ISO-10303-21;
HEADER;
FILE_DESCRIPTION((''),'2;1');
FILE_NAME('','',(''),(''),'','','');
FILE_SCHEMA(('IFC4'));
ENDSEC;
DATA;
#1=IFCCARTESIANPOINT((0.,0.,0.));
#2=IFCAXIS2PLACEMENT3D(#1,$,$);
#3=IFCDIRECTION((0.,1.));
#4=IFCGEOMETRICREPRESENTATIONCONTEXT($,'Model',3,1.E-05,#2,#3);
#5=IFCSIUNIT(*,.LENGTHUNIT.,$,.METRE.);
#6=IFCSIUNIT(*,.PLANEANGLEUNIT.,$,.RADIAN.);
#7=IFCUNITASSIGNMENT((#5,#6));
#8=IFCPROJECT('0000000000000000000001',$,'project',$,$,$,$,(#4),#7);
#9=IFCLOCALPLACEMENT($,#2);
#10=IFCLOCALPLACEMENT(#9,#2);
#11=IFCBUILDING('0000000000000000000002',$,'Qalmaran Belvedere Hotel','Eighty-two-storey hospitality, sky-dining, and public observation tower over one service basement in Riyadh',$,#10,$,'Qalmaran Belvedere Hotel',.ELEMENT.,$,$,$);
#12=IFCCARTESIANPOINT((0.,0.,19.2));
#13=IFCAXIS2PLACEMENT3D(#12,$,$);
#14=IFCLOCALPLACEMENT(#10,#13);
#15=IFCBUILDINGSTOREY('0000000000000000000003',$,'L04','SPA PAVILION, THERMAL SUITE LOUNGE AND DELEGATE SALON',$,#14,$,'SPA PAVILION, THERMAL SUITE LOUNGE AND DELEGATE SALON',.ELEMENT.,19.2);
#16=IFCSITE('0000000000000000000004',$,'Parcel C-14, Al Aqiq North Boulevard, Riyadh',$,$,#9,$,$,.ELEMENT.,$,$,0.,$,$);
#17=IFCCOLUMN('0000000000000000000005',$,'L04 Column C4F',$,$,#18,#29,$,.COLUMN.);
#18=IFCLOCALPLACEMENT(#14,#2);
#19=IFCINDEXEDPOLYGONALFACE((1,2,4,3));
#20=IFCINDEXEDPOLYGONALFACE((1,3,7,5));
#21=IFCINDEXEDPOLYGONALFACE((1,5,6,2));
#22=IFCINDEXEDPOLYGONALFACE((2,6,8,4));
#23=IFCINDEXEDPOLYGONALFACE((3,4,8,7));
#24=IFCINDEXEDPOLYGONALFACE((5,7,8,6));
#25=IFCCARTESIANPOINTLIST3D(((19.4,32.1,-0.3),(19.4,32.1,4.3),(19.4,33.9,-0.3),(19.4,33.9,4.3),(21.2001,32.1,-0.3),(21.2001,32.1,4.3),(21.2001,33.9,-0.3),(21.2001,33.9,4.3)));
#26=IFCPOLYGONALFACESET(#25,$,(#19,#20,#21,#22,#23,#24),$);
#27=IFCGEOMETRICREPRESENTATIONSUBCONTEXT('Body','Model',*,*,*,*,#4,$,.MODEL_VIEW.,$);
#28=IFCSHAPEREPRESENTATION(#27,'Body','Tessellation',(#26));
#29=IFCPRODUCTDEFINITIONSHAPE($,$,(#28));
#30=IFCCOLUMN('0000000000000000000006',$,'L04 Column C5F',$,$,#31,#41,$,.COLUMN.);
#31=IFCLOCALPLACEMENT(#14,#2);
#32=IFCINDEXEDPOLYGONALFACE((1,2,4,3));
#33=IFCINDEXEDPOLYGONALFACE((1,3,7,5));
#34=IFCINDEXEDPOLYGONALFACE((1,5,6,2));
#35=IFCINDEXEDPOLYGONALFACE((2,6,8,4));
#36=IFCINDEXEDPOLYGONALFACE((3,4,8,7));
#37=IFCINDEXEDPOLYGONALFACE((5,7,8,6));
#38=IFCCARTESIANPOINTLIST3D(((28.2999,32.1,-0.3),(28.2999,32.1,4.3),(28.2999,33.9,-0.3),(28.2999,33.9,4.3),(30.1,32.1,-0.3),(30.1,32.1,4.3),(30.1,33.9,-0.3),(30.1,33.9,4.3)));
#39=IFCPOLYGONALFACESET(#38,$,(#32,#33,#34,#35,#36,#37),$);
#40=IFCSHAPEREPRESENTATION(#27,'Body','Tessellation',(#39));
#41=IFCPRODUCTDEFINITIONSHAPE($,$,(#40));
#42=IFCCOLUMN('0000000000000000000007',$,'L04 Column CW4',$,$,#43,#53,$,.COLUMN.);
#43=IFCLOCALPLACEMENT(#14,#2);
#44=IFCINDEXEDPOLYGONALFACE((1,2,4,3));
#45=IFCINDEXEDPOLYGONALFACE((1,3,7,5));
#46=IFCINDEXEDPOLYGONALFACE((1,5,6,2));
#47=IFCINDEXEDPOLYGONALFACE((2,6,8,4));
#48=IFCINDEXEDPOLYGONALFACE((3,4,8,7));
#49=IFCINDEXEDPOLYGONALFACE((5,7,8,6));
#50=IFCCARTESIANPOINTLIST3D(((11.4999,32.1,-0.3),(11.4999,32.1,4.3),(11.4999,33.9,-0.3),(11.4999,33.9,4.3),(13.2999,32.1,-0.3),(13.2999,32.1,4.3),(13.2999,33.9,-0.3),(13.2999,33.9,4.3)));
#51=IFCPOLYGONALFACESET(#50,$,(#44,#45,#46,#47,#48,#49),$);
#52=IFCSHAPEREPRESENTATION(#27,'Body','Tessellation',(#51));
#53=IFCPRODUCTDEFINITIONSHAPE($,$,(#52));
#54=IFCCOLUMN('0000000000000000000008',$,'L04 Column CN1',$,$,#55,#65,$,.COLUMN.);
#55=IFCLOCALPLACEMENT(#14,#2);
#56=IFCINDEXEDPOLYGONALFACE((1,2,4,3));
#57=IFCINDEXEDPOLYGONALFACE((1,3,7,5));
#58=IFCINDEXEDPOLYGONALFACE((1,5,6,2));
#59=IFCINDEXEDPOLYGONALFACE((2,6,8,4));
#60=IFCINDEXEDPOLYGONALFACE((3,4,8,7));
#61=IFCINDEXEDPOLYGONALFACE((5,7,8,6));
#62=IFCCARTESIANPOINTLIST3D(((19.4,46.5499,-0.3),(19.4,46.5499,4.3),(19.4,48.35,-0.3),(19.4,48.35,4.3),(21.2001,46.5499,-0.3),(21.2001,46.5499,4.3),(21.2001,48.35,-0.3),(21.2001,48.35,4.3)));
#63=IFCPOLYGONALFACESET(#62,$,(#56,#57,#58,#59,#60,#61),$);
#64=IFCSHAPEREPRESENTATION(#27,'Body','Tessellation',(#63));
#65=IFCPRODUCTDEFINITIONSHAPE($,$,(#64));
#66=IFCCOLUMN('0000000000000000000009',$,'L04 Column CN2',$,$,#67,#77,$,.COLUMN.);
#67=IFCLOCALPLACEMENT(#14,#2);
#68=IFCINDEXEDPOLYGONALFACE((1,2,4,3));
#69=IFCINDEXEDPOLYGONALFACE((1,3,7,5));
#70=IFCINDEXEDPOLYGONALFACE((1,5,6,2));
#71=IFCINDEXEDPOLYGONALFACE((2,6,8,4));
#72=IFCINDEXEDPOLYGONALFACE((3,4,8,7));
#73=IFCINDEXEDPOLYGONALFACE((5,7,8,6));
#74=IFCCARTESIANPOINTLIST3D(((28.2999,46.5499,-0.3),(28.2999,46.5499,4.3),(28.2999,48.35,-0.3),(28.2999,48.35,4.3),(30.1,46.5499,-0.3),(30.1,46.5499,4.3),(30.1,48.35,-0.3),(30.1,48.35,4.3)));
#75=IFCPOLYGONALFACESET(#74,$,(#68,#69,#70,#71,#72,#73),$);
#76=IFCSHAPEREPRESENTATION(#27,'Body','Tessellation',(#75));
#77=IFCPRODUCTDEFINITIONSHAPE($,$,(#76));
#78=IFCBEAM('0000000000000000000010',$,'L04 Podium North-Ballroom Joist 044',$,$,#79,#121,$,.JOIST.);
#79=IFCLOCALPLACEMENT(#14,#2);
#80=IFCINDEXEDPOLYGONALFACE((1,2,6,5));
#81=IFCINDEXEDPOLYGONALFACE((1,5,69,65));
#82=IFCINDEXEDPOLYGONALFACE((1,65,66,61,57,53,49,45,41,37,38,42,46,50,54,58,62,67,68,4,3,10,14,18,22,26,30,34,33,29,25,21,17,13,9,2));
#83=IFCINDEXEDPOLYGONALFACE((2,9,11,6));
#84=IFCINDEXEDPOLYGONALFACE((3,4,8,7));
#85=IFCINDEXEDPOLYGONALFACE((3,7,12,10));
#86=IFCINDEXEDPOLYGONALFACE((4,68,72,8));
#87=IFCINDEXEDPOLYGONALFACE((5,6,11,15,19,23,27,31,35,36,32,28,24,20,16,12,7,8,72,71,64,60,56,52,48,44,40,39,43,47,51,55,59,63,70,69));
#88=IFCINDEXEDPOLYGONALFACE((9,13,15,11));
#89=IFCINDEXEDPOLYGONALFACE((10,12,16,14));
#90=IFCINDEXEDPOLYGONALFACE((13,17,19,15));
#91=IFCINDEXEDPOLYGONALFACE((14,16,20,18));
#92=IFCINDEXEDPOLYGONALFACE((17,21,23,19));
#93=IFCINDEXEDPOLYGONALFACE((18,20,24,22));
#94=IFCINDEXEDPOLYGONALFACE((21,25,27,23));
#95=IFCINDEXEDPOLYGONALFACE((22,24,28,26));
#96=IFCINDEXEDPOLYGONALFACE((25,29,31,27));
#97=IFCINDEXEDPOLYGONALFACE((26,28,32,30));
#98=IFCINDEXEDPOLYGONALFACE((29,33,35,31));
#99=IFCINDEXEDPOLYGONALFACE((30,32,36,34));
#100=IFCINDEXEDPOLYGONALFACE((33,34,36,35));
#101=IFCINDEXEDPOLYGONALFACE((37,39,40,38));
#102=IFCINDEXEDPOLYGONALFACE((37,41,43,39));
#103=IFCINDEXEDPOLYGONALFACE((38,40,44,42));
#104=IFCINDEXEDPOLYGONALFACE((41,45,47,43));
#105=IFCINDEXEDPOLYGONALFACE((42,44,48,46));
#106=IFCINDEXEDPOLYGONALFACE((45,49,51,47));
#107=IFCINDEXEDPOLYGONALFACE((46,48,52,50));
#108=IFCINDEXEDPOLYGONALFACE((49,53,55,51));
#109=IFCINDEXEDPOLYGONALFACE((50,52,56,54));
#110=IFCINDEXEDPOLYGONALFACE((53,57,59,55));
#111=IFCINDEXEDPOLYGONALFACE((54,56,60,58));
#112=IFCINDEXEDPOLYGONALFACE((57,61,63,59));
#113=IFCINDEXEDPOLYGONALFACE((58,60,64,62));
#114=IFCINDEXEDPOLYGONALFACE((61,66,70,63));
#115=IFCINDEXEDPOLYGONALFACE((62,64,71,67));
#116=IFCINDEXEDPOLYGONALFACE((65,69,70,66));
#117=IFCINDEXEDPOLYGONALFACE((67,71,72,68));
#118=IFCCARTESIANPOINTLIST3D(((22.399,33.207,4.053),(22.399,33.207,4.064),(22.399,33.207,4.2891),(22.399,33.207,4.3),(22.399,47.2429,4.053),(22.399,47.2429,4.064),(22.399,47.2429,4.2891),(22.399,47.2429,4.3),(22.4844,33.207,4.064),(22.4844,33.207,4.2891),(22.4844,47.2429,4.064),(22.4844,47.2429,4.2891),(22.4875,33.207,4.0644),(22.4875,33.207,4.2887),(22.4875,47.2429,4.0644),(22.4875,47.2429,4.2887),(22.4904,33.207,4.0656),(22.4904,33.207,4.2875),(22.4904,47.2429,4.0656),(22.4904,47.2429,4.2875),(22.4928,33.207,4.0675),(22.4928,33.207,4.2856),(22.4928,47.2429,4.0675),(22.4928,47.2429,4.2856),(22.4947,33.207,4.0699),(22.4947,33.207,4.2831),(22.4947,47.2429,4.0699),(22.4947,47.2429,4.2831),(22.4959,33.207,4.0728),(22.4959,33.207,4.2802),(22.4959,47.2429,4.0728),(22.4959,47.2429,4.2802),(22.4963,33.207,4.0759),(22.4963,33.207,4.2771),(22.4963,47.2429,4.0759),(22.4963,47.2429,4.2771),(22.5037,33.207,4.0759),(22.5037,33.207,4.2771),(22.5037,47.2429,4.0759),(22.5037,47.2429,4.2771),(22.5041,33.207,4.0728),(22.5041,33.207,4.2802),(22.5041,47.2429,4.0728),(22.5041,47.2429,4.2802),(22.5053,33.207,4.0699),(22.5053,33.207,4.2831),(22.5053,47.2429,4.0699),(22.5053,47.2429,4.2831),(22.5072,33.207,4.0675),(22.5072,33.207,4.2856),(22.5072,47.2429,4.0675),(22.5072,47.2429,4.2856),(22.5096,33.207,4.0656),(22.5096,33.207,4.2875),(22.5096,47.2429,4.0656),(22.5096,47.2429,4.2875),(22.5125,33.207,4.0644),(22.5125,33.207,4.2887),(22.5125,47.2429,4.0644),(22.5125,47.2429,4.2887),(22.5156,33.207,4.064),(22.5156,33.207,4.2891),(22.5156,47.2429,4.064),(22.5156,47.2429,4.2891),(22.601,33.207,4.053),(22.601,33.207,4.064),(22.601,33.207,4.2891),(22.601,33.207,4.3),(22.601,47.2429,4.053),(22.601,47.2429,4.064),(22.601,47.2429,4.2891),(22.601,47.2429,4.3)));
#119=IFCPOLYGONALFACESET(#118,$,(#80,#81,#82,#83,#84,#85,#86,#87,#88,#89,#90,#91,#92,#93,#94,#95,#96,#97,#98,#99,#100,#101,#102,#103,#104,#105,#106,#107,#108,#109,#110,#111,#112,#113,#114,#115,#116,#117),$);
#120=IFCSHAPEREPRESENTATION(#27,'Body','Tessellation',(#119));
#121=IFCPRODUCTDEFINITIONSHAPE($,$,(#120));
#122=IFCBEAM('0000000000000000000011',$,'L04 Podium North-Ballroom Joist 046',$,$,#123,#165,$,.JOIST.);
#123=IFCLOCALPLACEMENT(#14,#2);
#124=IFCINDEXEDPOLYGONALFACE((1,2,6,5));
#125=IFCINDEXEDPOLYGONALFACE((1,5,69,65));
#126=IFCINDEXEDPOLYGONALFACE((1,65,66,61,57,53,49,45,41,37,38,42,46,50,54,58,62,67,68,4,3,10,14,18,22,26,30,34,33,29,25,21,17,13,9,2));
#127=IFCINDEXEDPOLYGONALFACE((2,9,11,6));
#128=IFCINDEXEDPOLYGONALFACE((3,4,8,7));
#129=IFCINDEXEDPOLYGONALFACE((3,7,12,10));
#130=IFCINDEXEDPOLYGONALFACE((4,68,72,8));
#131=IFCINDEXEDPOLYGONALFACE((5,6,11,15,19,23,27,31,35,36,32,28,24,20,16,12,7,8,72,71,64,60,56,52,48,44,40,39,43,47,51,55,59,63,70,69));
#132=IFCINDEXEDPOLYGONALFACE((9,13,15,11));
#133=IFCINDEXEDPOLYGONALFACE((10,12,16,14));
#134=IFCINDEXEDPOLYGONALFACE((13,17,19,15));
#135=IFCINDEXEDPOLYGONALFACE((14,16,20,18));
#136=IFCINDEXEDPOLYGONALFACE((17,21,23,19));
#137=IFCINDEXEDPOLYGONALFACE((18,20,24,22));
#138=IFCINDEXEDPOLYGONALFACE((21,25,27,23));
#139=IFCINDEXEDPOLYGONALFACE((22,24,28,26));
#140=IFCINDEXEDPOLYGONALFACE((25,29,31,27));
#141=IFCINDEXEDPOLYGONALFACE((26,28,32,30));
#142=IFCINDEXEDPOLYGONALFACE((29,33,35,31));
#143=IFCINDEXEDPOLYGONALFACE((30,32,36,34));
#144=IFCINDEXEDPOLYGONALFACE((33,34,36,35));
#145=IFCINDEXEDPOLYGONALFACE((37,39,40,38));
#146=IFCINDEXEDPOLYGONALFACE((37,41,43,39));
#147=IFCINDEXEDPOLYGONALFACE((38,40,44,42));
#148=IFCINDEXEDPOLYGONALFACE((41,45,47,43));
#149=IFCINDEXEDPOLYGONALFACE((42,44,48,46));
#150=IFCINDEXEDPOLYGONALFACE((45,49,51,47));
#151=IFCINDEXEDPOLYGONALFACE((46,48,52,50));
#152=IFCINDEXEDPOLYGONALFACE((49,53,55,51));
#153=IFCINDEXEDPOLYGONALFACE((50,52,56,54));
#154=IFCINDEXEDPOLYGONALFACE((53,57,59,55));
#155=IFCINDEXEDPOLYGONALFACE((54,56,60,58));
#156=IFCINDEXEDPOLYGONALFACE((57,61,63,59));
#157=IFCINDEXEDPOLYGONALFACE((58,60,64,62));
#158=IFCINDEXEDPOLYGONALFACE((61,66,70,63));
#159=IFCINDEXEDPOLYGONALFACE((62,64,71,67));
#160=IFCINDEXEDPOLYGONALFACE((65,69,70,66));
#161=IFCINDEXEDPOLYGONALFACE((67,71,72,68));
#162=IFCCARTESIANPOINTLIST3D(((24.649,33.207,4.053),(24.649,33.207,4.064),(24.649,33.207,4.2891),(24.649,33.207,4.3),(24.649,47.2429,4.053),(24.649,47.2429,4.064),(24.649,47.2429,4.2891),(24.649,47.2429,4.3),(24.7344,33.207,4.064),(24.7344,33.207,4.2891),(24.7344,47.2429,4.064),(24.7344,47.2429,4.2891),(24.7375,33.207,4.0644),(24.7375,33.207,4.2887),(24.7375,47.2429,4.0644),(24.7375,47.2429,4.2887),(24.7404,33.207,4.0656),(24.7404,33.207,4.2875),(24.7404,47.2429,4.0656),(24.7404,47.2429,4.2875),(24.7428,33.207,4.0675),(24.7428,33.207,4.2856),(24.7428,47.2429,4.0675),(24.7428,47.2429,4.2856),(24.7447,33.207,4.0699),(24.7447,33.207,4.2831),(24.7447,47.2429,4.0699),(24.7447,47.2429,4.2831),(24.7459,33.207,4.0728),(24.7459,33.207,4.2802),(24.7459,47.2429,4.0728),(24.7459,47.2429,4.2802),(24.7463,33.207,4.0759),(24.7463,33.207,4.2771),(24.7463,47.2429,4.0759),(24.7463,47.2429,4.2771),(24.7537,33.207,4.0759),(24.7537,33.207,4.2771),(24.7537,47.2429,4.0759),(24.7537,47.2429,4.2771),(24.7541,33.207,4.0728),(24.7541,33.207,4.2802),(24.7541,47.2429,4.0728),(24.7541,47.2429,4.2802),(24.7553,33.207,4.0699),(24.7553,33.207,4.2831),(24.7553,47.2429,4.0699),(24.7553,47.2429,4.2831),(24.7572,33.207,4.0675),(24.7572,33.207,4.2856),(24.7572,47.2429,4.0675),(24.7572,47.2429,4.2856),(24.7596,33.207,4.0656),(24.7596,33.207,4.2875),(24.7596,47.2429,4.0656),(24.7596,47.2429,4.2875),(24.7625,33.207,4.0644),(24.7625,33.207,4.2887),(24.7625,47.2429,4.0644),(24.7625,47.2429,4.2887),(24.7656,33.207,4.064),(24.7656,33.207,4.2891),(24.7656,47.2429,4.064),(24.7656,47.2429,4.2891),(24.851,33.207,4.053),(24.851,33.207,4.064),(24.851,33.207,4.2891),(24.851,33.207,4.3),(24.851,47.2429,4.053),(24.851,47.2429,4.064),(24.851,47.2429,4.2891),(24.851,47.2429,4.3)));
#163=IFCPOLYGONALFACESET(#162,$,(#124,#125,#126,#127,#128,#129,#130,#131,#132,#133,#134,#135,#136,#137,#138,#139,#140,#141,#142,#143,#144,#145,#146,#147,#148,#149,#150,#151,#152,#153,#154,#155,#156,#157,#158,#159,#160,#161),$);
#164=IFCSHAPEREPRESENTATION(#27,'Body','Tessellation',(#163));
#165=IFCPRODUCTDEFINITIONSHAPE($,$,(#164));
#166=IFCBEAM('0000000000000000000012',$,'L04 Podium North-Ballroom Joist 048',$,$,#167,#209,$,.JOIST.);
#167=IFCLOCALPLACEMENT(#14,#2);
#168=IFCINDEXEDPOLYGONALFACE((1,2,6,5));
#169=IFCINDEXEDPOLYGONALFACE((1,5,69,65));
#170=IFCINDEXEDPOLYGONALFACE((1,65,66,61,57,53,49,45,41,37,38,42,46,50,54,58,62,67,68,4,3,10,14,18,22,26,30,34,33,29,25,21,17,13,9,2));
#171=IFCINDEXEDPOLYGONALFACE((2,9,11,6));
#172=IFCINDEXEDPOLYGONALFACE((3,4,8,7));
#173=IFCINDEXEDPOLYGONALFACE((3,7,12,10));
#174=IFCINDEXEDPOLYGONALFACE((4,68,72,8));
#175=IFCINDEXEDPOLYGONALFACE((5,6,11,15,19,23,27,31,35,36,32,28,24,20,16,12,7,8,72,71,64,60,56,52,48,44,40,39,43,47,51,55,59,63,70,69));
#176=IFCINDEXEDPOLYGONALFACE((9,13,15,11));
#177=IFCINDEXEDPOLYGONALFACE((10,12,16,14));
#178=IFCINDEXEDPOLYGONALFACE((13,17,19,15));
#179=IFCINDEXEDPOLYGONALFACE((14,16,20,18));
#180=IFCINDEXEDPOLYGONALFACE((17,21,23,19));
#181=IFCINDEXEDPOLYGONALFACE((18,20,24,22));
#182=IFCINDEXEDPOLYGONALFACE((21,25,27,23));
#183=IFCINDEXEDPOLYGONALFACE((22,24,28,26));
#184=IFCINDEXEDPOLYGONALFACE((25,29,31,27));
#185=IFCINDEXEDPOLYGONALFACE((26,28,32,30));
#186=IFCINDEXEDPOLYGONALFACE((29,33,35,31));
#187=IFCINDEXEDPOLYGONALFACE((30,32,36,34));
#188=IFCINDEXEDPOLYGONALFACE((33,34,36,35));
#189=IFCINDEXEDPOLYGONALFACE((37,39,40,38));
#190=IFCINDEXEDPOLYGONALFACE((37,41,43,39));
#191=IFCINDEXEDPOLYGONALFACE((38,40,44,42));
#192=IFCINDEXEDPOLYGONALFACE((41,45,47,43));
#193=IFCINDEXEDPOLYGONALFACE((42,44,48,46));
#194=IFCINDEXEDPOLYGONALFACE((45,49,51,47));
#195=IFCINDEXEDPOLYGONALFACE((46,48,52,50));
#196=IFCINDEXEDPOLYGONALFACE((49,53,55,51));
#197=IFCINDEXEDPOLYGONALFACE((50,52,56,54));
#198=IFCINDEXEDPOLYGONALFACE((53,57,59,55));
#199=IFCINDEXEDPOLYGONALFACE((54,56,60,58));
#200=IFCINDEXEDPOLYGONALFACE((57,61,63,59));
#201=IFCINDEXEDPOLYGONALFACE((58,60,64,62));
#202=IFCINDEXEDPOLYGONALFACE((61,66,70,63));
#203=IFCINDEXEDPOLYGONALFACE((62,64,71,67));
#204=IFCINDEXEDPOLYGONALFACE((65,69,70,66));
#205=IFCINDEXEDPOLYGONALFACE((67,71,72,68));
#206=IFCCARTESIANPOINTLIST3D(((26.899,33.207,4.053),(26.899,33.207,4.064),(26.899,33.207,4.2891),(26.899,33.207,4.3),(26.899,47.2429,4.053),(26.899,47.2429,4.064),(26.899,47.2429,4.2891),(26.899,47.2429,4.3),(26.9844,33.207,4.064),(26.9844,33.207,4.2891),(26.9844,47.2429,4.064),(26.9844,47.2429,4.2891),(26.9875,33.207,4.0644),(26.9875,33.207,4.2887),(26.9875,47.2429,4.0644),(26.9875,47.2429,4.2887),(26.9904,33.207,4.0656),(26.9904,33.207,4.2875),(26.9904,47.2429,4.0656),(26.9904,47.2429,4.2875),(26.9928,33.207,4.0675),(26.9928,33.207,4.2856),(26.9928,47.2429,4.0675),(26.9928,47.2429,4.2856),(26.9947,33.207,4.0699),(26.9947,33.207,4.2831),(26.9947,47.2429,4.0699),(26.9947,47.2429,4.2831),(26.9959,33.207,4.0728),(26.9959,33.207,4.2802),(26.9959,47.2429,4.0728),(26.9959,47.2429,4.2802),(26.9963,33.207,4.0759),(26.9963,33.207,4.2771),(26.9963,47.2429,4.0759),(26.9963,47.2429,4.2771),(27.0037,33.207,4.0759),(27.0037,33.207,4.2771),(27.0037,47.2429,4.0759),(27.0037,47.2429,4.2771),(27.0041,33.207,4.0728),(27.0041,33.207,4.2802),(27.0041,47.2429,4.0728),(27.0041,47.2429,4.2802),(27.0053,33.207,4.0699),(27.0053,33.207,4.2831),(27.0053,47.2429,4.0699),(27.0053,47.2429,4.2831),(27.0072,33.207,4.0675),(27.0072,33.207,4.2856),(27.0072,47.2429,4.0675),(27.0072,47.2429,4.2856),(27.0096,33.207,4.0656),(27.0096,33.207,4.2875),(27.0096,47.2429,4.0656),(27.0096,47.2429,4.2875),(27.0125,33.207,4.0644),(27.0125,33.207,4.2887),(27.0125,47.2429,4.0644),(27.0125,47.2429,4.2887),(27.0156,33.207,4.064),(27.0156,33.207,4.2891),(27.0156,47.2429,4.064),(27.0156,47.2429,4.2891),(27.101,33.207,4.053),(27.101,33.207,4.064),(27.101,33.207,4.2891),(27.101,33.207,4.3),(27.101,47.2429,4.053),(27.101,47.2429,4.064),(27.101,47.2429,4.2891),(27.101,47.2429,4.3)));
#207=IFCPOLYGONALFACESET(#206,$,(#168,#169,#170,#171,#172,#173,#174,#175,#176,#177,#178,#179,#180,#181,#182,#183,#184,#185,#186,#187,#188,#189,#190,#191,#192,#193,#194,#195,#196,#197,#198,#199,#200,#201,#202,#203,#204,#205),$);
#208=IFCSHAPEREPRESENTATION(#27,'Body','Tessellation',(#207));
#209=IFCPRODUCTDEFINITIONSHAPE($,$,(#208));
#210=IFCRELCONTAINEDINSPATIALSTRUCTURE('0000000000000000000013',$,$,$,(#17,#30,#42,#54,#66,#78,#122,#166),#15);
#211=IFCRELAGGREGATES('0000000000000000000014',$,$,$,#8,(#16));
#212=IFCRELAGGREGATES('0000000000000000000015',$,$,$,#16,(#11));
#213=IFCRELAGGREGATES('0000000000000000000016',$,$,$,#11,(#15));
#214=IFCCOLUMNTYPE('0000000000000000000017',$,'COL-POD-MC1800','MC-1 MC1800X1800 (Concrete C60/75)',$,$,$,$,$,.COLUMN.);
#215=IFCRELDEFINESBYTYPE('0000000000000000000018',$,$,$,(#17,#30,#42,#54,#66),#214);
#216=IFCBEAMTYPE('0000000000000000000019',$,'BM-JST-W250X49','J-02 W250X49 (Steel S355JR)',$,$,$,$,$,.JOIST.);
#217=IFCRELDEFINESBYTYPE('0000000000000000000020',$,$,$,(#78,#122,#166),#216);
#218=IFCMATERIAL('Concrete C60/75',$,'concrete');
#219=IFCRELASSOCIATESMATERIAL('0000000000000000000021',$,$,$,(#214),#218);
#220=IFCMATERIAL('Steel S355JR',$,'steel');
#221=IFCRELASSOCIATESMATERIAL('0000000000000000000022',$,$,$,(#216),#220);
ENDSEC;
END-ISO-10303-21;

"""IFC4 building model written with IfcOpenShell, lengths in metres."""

from ifc_helpers import new_model, si_unit, direction, frame, origin, origin_2d, place, context, subcontext, project, spatial, rectangle, i_section, extrude, material, material_profile, profile_set, type_object, element, save


model = new_model("IFC4")

# Units and contexts
model_context = context("Model", 3, precision=1e-05, world=origin(), true_north=direction((0.0, 1.0)))
body_context = subcontext(model_context, "Body", "Model", "MODEL_VIEW")
ifc_project = project(units=[si_unit("LENGTHUNIT", "METRE"), si_unit("PLANEANGLEUNIT", "RADIAN")], contexts=[model_context])

# Site, building, storey
site_placement = place(None, origin())
site = spatial("IfcSite", under=ifc_project, at=site_placement, Name="Parcel C-14, Al Aqiq North Boulevard, Riyadh", CompositionType="ELEMENT", RefElevation=0.0)
building_placement = place(site_placement, origin())
building = spatial("IfcBuilding", under=site, at=building_placement, Name="Qalmaran Belvedere Hotel", Description="Eighty-two-storey hospitality, sky-dining, and public observation tower over one service basement in Riyadh", LongName="Qalmaran Belvedere Hotel", CompositionType="ELEMENT")
storey_placement = place(building_placement, frame((0.0, 0.0, 19.2)))
storey = spatial("IfcBuildingStorey", under=building, at=storey_placement, Name="L04", Description="SPA PAVILION, THERMAL SUITE LOUNGE AND DELEGATE SALON", LongName="SPA PAVILION, THERMAL SUITE LOUNGE AND DELEGATE SALON", CompositionType="ELEMENT", Elevation=19.2)

# Columns
ifc_material_1 = material(Name="Concrete C60/75", Category="concrete")
ifc_material_profile_1 = material_profile(ifc_material_1, rectangle(XDim=1.8, YDim=1.8, at=origin_2d()), Name="MC1800X1800")
ifc_profile_set_1 = profile_set([ifc_material_profile_1], Name="Concrete C60/75")
column_type = type_object("IfcColumnType", Name="COL-POD-MC1800", Description="MC-1 MC1800X1800 (Concrete C60/75)", PredefinedType="COLUMN", material=ifc_profile_set_1)
for number, where, z_axis, x_axis, name in (
    (1, (20.3, 33.0, -0.3), (0.0, 0.0, 1.0), (1.0, 0.0, 0.0), "L04 Column C4F"),
    (2, (29.2, 33.0, -0.3), (0.0, 0.0, 1.0), (1.0, 0.0, 0.0), "L04 Column C5F"),
    (3, (12.3999, 33.0, -0.3), (0.0, 0.0, 1.0), (1.0, 0.0, 0.0), "L04 Column CW4"),
    (4, (20.3, 47.45, -0.3), (0.0, 0.0, 1.0), (1.0, 0.0, 0.0), "L04 Column CN1"),
    (5, (29.2, 47.45, -0.3), (0.0, 0.0, 1.0), (1.0, 0.0, 0.0), "L04 Column CN2"),
):
    element("IfcColumn", number, at=place(storey_placement, frame(where, z_axis=z_axis, x_axis=x_axis)), inside=storey, type_object=column_type, Name=name, PredefinedType="COLUMN", context=body_context, shape_type="SweptSolid", body=[
        extrude(rectangle(XDim=1.8, YDim=1.8, at=origin_2d()), origin(), (0.0, 0.0, 1.0), 4.6001),
    ])

# Beams
ifc_material_2 = material(Name="Steel S355JR", Category="steel")
ifc_material_profile_2 = material_profile(ifc_material_2, i_section(OverallWidth=0.2019, OverallDepth=0.2471, WebThickness=0.0073, FlangeThickness=0.011, FilletRadius=0.012, at=origin_2d()), Name="W250X49")
ifc_profile_set_2 = profile_set([ifc_material_profile_2], Name="Steel S355JR")
beam_type_1 = type_object("IfcBeamType", Name="BM-JST-W250X49", Description="J-02 W250X49 (Steel S355JR)", PredefinedType="JOIST", material=ifc_profile_set_2)
for number, where, z_axis, x_axis, name in (
    (6, (22.5, 33.207, 4.1765), (0.0, 1.0, 0.0), (-1.0, 0.0, 0.0), "L04 Podium North-Ballroom Joist 044"),
    (7, (24.75, 33.207, 4.1765), (0.0, 1.0, 0.0), (-1.0, 0.0, 0.0), "L04 Podium North-Ballroom Joist 046"),
    (8, (27.0, 33.207, 4.1765), (0.0, 1.0, 0.0), (-1.0, 0.0, 0.0), "L04 Podium North-Ballroom Joist 048"),
):
    element("IfcBeam", number, at=place(storey_placement, frame(where, z_axis=z_axis, x_axis=x_axis)), inside=storey, type_object=beam_type_1, Name=name, PredefinedType="JOIST", context=body_context, shape_type="SweptSolid", body=[
        extrude(i_section(OverallWidth=0.2019, OverallDepth=0.2471, WebThickness=0.0073, FlangeThickness=0.011, FilletRadius=0.012, at=origin_2d()), origin(), (0.0, 0.0, 1.0), 14.0359),
    ])

save(model, "model.ifc")
